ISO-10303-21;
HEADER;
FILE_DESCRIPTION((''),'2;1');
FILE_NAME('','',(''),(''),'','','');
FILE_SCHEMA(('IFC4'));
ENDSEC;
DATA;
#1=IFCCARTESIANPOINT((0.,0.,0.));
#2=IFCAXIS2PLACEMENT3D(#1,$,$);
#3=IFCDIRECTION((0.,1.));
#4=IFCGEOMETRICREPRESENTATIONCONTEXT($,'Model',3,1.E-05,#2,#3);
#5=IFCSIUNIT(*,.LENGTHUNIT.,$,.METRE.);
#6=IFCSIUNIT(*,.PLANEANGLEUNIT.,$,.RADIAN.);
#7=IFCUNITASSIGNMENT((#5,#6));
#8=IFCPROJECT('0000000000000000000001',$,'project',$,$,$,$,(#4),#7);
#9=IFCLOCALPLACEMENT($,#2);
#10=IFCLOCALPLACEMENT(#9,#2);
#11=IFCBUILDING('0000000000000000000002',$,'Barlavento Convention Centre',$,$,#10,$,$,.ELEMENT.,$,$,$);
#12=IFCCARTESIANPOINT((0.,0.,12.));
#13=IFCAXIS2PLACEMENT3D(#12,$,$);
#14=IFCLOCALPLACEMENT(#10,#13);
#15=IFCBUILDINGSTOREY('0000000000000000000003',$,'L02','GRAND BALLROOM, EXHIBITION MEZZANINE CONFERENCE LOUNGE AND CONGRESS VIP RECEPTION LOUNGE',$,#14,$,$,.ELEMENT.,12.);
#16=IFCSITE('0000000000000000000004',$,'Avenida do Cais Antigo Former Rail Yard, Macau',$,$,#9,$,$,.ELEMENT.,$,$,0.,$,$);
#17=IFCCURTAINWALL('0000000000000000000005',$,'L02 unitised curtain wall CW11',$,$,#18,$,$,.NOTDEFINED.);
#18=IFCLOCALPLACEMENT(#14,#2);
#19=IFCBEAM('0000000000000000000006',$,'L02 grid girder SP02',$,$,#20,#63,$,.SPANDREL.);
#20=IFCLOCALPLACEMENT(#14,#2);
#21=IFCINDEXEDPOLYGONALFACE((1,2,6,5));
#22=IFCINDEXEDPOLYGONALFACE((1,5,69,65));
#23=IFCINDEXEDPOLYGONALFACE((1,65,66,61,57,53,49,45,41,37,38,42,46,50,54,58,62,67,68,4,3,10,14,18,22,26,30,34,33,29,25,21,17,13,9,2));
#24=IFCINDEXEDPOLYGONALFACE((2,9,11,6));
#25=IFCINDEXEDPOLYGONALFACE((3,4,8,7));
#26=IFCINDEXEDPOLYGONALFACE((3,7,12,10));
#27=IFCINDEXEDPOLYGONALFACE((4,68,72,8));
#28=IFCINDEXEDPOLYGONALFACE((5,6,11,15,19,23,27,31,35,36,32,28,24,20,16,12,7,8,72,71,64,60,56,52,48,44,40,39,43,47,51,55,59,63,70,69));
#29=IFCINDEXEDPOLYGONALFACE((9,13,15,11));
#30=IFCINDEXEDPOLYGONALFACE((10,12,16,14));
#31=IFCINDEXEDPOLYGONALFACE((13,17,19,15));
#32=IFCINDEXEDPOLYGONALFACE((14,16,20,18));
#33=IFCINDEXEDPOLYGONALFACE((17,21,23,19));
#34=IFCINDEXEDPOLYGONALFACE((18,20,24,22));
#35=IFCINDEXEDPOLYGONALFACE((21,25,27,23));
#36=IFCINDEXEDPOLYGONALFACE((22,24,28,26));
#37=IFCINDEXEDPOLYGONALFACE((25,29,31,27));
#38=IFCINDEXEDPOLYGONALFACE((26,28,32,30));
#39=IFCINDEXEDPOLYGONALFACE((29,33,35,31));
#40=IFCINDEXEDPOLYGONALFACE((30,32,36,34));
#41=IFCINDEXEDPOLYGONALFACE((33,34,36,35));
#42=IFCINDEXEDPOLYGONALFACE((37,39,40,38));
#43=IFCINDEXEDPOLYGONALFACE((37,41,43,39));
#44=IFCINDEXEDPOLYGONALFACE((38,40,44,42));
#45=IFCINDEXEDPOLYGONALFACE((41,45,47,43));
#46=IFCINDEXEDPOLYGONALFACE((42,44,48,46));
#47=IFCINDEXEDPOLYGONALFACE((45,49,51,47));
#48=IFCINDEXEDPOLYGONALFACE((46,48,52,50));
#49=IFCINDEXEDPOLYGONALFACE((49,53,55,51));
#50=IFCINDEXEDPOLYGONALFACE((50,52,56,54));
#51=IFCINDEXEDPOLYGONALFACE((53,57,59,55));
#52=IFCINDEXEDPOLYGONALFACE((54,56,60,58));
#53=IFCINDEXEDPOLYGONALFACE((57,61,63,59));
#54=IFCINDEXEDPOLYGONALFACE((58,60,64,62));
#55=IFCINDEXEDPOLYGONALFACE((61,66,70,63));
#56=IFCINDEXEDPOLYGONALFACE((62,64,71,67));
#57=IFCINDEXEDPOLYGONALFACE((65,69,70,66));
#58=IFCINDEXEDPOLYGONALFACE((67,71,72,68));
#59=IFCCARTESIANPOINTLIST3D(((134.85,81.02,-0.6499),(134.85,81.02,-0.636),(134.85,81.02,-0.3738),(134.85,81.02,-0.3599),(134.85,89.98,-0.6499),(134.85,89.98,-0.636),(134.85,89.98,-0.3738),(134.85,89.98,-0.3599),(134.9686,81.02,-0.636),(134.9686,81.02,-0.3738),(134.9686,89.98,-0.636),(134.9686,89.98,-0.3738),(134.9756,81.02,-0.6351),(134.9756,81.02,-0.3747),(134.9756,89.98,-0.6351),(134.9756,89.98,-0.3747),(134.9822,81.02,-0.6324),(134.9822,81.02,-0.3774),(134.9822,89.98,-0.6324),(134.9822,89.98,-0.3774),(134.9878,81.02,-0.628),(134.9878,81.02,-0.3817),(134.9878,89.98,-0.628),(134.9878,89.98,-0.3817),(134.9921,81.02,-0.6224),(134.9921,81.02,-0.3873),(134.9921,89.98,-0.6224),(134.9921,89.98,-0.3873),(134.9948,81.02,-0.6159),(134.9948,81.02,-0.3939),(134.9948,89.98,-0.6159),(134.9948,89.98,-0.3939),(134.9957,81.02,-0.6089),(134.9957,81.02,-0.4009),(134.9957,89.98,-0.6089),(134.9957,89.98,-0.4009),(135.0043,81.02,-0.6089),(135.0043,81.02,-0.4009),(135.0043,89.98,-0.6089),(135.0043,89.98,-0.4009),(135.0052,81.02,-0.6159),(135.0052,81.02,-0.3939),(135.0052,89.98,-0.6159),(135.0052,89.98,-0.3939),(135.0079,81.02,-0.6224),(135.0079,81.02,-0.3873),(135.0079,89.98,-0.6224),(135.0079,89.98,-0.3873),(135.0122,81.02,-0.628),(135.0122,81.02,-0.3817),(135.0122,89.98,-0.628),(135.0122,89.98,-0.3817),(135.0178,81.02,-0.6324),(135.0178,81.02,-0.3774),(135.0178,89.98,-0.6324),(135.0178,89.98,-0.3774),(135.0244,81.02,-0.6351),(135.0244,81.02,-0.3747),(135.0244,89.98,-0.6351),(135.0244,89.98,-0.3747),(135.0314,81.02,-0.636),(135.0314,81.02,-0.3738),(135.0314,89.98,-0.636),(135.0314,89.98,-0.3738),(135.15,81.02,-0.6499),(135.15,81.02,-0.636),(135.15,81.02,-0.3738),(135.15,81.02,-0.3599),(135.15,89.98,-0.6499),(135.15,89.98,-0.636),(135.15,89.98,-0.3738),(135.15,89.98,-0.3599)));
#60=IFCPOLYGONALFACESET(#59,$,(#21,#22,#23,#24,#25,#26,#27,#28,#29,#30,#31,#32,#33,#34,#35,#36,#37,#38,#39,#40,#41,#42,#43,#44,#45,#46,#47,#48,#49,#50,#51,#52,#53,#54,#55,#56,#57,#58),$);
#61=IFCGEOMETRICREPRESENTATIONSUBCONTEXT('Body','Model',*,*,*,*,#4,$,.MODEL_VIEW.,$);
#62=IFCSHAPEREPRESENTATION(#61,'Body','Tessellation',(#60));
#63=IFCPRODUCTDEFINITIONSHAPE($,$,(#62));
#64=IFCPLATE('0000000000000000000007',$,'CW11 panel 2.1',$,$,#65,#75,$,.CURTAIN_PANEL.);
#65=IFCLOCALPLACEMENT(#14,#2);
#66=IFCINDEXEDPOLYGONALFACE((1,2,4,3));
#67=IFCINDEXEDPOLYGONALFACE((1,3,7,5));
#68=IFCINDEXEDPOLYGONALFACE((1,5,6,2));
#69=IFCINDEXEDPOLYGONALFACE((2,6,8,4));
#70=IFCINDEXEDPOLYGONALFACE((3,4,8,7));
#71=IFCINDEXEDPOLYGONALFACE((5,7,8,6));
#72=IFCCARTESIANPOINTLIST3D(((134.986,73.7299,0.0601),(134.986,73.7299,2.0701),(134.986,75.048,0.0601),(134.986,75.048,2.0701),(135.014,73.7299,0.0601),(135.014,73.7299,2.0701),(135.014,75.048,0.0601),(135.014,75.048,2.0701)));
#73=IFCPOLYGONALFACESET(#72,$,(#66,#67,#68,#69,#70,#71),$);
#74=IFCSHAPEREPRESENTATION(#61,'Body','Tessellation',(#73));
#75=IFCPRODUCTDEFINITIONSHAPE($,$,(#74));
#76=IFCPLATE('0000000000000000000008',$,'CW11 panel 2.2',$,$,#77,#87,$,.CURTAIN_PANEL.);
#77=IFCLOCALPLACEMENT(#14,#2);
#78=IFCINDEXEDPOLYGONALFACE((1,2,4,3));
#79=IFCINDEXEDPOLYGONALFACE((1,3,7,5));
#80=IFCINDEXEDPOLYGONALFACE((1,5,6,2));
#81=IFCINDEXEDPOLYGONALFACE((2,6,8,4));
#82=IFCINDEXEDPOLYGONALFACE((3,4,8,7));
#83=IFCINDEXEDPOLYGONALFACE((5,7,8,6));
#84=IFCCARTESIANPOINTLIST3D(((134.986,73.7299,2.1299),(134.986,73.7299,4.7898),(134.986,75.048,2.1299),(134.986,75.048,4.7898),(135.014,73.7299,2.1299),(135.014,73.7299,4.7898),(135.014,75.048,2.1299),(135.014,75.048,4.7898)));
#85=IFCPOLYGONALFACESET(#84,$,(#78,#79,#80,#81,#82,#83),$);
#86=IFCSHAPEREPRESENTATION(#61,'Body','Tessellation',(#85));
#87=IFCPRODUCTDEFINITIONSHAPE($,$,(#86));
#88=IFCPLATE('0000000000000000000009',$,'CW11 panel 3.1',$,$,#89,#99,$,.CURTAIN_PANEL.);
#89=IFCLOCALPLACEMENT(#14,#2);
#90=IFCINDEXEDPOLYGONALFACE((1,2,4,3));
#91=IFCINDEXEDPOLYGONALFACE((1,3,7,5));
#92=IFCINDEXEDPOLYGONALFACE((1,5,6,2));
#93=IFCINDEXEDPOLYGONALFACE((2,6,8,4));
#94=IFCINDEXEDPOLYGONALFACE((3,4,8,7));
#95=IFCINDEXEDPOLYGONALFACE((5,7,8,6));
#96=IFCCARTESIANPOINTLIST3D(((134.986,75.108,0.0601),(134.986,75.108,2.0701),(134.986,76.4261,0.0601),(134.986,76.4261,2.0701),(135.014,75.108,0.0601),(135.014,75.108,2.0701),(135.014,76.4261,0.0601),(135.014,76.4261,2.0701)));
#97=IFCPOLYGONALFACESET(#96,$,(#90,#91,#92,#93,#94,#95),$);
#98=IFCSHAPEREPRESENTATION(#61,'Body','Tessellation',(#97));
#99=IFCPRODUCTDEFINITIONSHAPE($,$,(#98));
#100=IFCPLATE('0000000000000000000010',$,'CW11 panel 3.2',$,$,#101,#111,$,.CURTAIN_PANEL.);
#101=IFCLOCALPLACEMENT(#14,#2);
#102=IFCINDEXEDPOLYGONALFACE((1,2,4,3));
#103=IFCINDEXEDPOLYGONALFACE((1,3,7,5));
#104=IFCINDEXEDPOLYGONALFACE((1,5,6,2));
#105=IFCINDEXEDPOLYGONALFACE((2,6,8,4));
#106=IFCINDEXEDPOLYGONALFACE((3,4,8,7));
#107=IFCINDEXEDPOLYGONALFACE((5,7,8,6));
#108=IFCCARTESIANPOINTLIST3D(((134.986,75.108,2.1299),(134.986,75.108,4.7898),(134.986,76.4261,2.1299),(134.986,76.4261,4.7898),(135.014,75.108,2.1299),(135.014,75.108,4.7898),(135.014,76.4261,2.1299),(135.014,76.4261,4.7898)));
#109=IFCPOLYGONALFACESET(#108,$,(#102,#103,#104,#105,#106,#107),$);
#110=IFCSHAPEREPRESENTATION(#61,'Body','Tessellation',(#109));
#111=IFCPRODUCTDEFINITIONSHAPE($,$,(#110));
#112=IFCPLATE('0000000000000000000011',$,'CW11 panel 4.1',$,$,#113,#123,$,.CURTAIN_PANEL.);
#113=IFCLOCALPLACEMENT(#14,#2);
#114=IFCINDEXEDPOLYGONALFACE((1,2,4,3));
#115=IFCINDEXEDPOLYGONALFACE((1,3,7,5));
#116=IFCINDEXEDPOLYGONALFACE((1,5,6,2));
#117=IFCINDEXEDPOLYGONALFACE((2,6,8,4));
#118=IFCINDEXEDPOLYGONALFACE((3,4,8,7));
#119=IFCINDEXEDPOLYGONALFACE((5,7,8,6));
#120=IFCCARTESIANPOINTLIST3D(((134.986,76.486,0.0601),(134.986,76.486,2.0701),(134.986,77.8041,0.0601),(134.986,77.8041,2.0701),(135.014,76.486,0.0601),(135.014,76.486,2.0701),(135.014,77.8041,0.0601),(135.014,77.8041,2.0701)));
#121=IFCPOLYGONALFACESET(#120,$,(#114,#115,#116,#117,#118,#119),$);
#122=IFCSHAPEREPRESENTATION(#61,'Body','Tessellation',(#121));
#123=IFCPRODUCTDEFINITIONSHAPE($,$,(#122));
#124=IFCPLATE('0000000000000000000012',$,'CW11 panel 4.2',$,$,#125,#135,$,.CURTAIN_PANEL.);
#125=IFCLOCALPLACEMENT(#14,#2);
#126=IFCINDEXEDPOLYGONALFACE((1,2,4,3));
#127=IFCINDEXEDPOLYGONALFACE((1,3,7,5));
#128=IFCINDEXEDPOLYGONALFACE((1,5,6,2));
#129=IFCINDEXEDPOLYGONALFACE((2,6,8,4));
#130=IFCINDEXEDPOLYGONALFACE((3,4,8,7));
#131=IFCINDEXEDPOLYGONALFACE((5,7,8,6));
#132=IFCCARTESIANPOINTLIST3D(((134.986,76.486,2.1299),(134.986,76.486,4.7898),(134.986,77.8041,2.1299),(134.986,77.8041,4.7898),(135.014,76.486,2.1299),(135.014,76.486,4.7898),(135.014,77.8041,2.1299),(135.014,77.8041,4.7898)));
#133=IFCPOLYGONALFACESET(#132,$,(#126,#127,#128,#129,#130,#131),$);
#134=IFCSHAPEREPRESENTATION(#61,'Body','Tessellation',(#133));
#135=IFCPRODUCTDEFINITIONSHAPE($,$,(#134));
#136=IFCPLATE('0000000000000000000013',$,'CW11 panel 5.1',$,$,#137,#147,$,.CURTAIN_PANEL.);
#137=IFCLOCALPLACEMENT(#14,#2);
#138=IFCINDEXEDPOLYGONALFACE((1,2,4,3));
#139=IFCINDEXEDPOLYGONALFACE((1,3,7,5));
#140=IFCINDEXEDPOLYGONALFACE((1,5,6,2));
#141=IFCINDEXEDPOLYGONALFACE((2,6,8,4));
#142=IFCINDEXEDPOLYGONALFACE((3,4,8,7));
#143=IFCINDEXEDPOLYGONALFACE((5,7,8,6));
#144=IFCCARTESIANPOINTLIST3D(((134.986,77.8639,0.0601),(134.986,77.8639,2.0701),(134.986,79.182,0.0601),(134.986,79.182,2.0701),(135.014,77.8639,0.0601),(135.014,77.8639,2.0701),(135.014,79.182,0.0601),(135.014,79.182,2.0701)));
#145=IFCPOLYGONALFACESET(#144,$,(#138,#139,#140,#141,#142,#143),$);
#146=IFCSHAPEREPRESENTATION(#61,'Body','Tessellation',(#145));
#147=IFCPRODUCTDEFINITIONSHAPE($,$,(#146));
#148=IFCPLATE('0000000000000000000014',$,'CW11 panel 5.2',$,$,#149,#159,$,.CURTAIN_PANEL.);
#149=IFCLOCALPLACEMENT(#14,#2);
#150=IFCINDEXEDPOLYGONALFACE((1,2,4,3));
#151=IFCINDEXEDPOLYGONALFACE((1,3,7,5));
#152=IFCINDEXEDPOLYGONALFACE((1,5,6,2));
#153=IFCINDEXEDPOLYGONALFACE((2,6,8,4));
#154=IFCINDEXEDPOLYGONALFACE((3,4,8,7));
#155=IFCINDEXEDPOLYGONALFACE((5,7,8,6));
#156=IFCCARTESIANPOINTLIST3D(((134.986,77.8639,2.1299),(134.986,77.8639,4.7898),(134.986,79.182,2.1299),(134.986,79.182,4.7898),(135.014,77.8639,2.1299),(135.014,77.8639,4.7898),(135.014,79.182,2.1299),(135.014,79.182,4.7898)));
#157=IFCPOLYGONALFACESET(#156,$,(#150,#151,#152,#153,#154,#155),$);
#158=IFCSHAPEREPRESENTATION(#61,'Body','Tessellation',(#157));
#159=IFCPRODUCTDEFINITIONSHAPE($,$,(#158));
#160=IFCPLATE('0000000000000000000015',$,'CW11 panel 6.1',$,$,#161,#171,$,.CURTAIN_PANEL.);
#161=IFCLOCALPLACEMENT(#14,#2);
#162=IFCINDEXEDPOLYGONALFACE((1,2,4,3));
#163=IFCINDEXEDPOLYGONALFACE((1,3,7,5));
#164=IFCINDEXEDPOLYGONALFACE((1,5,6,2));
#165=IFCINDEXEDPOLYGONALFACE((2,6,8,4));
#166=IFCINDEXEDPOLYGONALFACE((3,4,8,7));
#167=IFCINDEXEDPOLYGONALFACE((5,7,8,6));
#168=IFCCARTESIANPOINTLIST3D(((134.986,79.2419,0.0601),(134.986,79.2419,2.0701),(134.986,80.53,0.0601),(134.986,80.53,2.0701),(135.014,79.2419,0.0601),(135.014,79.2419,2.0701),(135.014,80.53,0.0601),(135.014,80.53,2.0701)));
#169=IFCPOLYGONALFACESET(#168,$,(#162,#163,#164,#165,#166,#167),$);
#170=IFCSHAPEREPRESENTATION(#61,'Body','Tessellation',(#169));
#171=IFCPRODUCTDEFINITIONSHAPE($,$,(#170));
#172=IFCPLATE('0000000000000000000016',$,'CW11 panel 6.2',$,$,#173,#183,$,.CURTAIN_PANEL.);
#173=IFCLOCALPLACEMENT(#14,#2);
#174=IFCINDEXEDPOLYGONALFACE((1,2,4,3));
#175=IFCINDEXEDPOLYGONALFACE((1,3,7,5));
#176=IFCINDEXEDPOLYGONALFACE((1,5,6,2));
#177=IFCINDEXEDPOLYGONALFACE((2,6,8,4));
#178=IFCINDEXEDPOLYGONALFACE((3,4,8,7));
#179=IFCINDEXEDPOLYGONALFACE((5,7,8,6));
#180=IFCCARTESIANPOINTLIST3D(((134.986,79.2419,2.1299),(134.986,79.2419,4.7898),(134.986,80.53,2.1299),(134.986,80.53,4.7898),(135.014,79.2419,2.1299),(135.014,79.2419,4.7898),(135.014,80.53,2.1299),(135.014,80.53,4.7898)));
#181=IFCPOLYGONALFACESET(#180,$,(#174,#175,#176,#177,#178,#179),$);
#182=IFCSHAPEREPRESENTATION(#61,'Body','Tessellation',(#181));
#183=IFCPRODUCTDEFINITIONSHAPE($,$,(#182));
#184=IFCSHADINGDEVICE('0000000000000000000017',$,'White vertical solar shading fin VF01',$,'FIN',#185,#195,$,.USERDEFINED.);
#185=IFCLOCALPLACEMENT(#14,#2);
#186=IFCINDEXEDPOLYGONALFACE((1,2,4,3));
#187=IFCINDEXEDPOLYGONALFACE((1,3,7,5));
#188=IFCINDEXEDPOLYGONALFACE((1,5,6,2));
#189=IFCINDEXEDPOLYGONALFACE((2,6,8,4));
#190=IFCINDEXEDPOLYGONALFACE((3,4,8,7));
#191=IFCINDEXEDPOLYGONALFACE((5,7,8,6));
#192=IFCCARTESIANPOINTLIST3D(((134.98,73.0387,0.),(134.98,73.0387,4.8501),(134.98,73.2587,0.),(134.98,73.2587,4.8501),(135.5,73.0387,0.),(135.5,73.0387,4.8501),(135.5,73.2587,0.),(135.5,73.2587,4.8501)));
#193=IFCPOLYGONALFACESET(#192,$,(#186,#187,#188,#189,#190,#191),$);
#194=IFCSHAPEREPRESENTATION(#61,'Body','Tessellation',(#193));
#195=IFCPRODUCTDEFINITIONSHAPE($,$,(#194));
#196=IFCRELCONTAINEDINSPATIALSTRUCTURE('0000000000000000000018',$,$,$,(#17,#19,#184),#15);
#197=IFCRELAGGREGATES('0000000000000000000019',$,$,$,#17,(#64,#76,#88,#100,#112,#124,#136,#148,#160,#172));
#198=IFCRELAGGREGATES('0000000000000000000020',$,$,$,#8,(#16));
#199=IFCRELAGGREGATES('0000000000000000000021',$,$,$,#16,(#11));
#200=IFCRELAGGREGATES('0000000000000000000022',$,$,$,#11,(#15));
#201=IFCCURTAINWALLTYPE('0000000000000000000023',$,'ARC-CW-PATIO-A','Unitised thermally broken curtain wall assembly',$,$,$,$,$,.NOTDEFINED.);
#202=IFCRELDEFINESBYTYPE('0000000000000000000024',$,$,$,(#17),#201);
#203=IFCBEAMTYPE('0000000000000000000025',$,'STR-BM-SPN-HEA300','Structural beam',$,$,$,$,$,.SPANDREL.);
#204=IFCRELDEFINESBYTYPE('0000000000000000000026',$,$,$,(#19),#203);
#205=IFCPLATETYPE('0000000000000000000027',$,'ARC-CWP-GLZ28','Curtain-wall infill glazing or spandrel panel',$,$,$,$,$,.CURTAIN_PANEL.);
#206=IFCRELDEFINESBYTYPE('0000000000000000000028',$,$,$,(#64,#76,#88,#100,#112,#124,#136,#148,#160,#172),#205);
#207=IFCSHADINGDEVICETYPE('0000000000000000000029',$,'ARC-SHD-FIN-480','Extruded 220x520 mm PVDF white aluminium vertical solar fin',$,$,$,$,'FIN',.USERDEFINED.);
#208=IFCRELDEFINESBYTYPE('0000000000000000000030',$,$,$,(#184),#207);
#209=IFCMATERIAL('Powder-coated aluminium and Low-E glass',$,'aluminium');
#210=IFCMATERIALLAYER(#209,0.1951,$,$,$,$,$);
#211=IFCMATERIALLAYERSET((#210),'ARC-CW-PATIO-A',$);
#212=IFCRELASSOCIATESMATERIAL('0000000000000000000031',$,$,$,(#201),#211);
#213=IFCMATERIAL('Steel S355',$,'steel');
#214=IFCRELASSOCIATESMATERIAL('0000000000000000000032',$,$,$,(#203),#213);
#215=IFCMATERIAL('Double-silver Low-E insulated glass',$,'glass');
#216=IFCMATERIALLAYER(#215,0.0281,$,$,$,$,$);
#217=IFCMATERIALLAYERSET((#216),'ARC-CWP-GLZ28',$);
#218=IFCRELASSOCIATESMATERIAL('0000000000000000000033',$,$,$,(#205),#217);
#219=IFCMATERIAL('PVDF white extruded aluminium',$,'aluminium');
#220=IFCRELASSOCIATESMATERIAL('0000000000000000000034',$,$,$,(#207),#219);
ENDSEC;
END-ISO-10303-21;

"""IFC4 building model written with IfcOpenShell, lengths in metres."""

from ifc_helpers import new_model, si_unit, direction, frame, origin, origin_2d, place, context, subcontext, project, spatial, rectangle, i_section, extrude, material, layer, layer_set, material_profile, profile_set, type_object, element, aggregate, save


model = new_model("IFC4")

# Units and contexts
model_context = context("Model", 3, precision=1e-05, world=origin(), true_north=direction((0.0, 1.0)))
body_context = subcontext(model_context, "Body", "Model", "MODEL_VIEW")
ifc_project = project(units=[si_unit("LENGTHUNIT", "METRE"), si_unit("PLANEANGLEUNIT", "RADIAN")], contexts=[model_context])

# Site, building, storey
site_placement = place(None, origin())
site = spatial("IfcSite", under=ifc_project, at=site_placement, Name="Avenida do Cais Antigo Former Rail Yard, Macau", CompositionType="ELEMENT", RefElevation=0.0)
building_placement = place(site_placement, origin())
building = spatial("IfcBuilding", under=site, at=building_placement, Name="Barlavento Convention Centre", CompositionType="ELEMENT")
storey_placement = place(building_placement, frame((0.0, 0.0, 12.0)))
storey = spatial("IfcBuildingStorey", under=building, at=storey_placement, Name="L02", Description="GRAND BALLROOM, EXHIBITION MEZZANINE CONFERENCE LOUNGE AND CONGRESS VIP RECEPTION LOUNGE", CompositionType="ELEMENT", Elevation=12.0)

# Curtain wall
ifc_material_1 = material(Name="Powder-coated aluminium and Low-E glass", Category="aluminium")
ifc_layer_1 = layer(ifc_material_1, 0.1951)
ifc_layer_set_1 = layer_set([ifc_layer_1], Name="ARC-CW-PATIO-A")
curtain_wall_type = type_object("IfcCurtainWallType", Name="ARC-CW-PATIO-A", Description="Unitised thermally broken curtain wall assembly", PredefinedType="NOTDEFINED", material=ifc_layer_set_1)
curtain_wall_placement = place(storey_placement, origin())
curtain_wall = element("IfcCurtainWall", 1, at=curtain_wall_placement, inside=storey, type_object=curtain_wall_type, Name="L02 unitised curtain wall CW11", PredefinedType="NOTDEFINED")

# Beam
ifc_material_2 = material(Name="Steel S355", Category="steel")
ifc_material_profile_1 = material_profile(ifc_material_2, i_section(OverallWidth=0.3, OverallDepth=0.29, WebThickness=0.0085, FlangeThickness=0.0139, FilletRadius=0.0271, at=origin_2d()), Name="HEA 300")
ifc_profile_set_1 = profile_set([ifc_material_profile_1], Name="Steel S355")
beam_type = type_object("IfcBeamType", Name="STR-BM-SPN-HEA300", Description="Structural beam", PredefinedType="SPANDREL", material=ifc_profile_set_1)
beam_placement = place(storey_placement, frame((135.0, 81.02, -0.5049), z_axis=(0.0, 1.0, 0.0), x_axis=(-1.0, 0.0, 0.0)))
element("IfcBeam", 2, at=beam_placement, inside=storey, type_object=beam_type, Name="L02 grid girder SP02", PredefinedType="SPANDREL", context=body_context, shape_type="SweptSolid", body=[
    extrude(i_section(OverallWidth=0.3, OverallDepth=0.29, WebThickness=0.0085, FlangeThickness=0.0139, FilletRadius=0.0271, at=origin_2d()), origin(), (0.0, 0.0, 1.0), 8.96),
])

# Plates
ifc_material_3 = material(Name="Double-silver Low-E insulated glass", Category="glass")
ifc_layer_2 = layer(ifc_material_3, 0.0281)
ifc_layer_set_2 = layer_set([ifc_layer_2], Name="ARC-CWP-GLZ28")
plate_type = type_object("IfcPlateType", Name="ARC-CWP-GLZ28", Description="Curtain-wall infill glazing or spandrel panel", PredefinedType="CURTAIN_PANEL", material=ifc_layer_set_2)
plate_1_placement = place(storey_placement, frame((135.0, 74.3889, 0.0601), z_axis=(0.0, 0.0, 1.0), x_axis=(0.0, 1.0, 0.0)))
plate_1 = element("IfcPlate", 3, at=plate_1_placement, type_object=plate_type, Name="CW11 panel 2.1", PredefinedType="CURTAIN_PANEL", context=body_context, shape_type="SweptSolid", body=[
    extrude(rectangle(XDim=1.3181, YDim=0.0281, at=origin_2d()), origin(), (0.0, 0.0, 1.0), 2.01),
])
plate_2_placement = place(storey_placement, frame((135.0, 74.3889, 2.1299), z_axis=(0.0, 0.0, 1.0), x_axis=(0.0, 1.0, 0.0)))
plate_2 = element("IfcPlate", 4, at=plate_2_placement, type_object=plate_type, Name="CW11 panel 2.2", PredefinedType="CURTAIN_PANEL", context=body_context, shape_type="SweptSolid", body=[
    extrude(rectangle(XDim=1.3181, YDim=0.0281, at=origin_2d()), origin(), (0.0, 0.0, 1.0), 2.6599),
])
plate_3_placement = place(storey_placement, frame((135.0, 75.7671, 0.0601), z_axis=(0.0, 0.0, 1.0), x_axis=(0.0, 1.0, 0.0)))
plate_3 = element("IfcPlate", 5, at=plate_3_placement, type_object=plate_type, Name="CW11 panel 3.1", PredefinedType="CURTAIN_PANEL", context=body_context, shape_type="SweptSolid", body=[
    extrude(rectangle(XDim=1.3181, YDim=0.0281, at=origin_2d()), origin(), (0.0, 0.0, 1.0), 2.01),
])
plate_4_placement = place(storey_placement, frame((135.0, 75.7671, 2.1299), z_axis=(0.0, 0.0, 1.0), x_axis=(0.0, 1.0, 0.0)))
plate_4 = element("IfcPlate", 6, at=plate_4_placement, type_object=plate_type, Name="CW11 panel 3.2", PredefinedType="CURTAIN_PANEL", context=body_context, shape_type="SweptSolid", body=[
    extrude(rectangle(XDim=1.3181, YDim=0.0281, at=origin_2d()), origin(), (0.0, 0.0, 1.0), 2.6599),
])
plate_5_placement = place(storey_placement, frame((135.0, 77.145, 0.0601), z_axis=(0.0, 0.0, 1.0), x_axis=(0.0, 1.0, 0.0)))
plate_5 = element("IfcPlate", 7, at=plate_5_placement, type_object=plate_type, Name="CW11 panel 4.1", PredefinedType="CURTAIN_PANEL", context=body_context, shape_type="SweptSolid", body=[
    extrude(rectangle(XDim=1.3181, YDim=0.0281, at=origin_2d()), origin(), (0.0, 0.0, 1.0), 2.01),
])
plate_6_placement = place(storey_placement, frame((135.0, 77.145, 2.1299), z_axis=(0.0, 0.0, 1.0), x_axis=(0.0, 1.0, 0.0)))
plate_6 = element("IfcPlate", 8, at=plate_6_placement, type_object=plate_type, Name="CW11 panel 4.2", PredefinedType="CURTAIN_PANEL", context=body_context, shape_type="SweptSolid", body=[
    extrude(rectangle(XDim=1.3181, YDim=0.0281, at=origin_2d()), origin(), (0.0, 0.0, 1.0), 2.6599),
])
plate_7_placement = place(storey_placement, frame((135.0, 78.5229, 0.0601), z_axis=(0.0, 0.0, 1.0), x_axis=(0.0, 1.0, 0.0)))
plate_7 = element("IfcPlate", 9, at=plate_7_placement, type_object=plate_type, Name="CW11 panel 5.1", PredefinedType="CURTAIN_PANEL", context=body_context, shape_type="SweptSolid", body=[
    extrude(rectangle(XDim=1.3181, YDim=0.0281, at=origin_2d()), origin(), (0.0, 0.0, 1.0), 2.01),
])
plate_8_placement = place(storey_placement, frame((135.0, 78.5229, 2.1299), z_axis=(0.0, 0.0, 1.0), x_axis=(0.0, 1.0, 0.0)))
plate_8 = element("IfcPlate", 10, at=plate_8_placement, type_object=plate_type, Name="CW11 panel 5.2", PredefinedType="CURTAIN_PANEL", context=body_context, shape_type="SweptSolid", body=[
    extrude(rectangle(XDim=1.3181, YDim=0.0281, at=origin_2d()), origin(), (0.0, 0.0, 1.0), 2.6599),
])
plate_9_placement = place(storey_placement, frame((135.0, 79.886, 0.0601), z_axis=(0.0, 0.0, 1.0), x_axis=(0.0, 1.0, 0.0)))
plate_9 = element("IfcPlate", 11, at=plate_9_placement, type_object=plate_type, Name="CW11 panel 6.1", PredefinedType="CURTAIN_PANEL", context=body_context, shape_type="SweptSolid", body=[
    extrude(rectangle(XDim=1.2881, YDim=0.0281, at=origin_2d()), origin(), (0.0, 0.0, 1.0), 2.01),
])
plate_10_placement = place(storey_placement, frame((135.0, 79.886, 2.1299), z_axis=(0.0, 0.0, 1.0), x_axis=(0.0, 1.0, 0.0)))
plate_10 = element("IfcPlate", 12, at=plate_10_placement, type_object=plate_type, Name="CW11 panel 6.2", PredefinedType="CURTAIN_PANEL", context=body_context, shape_type="SweptSolid", body=[
    extrude(rectangle(XDim=1.2881, YDim=0.0281, at=origin_2d()), origin(), (0.0, 0.0, 1.0), 2.6599),
])
aggregate(curtain_wall, [plate_1, plate_2, plate_3, plate_4, plate_5, plate_6, plate_7, plate_8, plate_9, plate_10])

# Shading device
ifc_material_4 = material(Name="PVDF white extruded aluminium", Category="aluminium")
shading_device_type = type_object("IfcShadingDeviceType", Name="ARC-SHD-FIN-480", Description="Extruded 220x520 mm PVDF white aluminium vertical solar fin", ElementType="FIN", PredefinedType="USERDEFINED", material=ifc_material_4)
for number, where, z_axis, x_axis, name in (
    (13, (135.24, 73.1487, 0.0), (0.0, 0.0, 1.0), (0.0, 1.0, 0.0), "White vertical solar shading fin VF01"),
):
    element("IfcShadingDevice", number, at=place(storey_placement, frame(where, z_axis=z_axis, x_axis=x_axis)), inside=storey, type_object=shading_device_type, Name=name, ObjectType="FIN", PredefinedType="USERDEFINED", context=body_context, shape_type="SweptSolid", body=[
        extrude(rectangle(XDim=0.22, YDim=0.52, at=origin_2d()), origin(), (0.0, 0.0, 1.0), 4.8501),
    ])

save(model, "model.ifc")
